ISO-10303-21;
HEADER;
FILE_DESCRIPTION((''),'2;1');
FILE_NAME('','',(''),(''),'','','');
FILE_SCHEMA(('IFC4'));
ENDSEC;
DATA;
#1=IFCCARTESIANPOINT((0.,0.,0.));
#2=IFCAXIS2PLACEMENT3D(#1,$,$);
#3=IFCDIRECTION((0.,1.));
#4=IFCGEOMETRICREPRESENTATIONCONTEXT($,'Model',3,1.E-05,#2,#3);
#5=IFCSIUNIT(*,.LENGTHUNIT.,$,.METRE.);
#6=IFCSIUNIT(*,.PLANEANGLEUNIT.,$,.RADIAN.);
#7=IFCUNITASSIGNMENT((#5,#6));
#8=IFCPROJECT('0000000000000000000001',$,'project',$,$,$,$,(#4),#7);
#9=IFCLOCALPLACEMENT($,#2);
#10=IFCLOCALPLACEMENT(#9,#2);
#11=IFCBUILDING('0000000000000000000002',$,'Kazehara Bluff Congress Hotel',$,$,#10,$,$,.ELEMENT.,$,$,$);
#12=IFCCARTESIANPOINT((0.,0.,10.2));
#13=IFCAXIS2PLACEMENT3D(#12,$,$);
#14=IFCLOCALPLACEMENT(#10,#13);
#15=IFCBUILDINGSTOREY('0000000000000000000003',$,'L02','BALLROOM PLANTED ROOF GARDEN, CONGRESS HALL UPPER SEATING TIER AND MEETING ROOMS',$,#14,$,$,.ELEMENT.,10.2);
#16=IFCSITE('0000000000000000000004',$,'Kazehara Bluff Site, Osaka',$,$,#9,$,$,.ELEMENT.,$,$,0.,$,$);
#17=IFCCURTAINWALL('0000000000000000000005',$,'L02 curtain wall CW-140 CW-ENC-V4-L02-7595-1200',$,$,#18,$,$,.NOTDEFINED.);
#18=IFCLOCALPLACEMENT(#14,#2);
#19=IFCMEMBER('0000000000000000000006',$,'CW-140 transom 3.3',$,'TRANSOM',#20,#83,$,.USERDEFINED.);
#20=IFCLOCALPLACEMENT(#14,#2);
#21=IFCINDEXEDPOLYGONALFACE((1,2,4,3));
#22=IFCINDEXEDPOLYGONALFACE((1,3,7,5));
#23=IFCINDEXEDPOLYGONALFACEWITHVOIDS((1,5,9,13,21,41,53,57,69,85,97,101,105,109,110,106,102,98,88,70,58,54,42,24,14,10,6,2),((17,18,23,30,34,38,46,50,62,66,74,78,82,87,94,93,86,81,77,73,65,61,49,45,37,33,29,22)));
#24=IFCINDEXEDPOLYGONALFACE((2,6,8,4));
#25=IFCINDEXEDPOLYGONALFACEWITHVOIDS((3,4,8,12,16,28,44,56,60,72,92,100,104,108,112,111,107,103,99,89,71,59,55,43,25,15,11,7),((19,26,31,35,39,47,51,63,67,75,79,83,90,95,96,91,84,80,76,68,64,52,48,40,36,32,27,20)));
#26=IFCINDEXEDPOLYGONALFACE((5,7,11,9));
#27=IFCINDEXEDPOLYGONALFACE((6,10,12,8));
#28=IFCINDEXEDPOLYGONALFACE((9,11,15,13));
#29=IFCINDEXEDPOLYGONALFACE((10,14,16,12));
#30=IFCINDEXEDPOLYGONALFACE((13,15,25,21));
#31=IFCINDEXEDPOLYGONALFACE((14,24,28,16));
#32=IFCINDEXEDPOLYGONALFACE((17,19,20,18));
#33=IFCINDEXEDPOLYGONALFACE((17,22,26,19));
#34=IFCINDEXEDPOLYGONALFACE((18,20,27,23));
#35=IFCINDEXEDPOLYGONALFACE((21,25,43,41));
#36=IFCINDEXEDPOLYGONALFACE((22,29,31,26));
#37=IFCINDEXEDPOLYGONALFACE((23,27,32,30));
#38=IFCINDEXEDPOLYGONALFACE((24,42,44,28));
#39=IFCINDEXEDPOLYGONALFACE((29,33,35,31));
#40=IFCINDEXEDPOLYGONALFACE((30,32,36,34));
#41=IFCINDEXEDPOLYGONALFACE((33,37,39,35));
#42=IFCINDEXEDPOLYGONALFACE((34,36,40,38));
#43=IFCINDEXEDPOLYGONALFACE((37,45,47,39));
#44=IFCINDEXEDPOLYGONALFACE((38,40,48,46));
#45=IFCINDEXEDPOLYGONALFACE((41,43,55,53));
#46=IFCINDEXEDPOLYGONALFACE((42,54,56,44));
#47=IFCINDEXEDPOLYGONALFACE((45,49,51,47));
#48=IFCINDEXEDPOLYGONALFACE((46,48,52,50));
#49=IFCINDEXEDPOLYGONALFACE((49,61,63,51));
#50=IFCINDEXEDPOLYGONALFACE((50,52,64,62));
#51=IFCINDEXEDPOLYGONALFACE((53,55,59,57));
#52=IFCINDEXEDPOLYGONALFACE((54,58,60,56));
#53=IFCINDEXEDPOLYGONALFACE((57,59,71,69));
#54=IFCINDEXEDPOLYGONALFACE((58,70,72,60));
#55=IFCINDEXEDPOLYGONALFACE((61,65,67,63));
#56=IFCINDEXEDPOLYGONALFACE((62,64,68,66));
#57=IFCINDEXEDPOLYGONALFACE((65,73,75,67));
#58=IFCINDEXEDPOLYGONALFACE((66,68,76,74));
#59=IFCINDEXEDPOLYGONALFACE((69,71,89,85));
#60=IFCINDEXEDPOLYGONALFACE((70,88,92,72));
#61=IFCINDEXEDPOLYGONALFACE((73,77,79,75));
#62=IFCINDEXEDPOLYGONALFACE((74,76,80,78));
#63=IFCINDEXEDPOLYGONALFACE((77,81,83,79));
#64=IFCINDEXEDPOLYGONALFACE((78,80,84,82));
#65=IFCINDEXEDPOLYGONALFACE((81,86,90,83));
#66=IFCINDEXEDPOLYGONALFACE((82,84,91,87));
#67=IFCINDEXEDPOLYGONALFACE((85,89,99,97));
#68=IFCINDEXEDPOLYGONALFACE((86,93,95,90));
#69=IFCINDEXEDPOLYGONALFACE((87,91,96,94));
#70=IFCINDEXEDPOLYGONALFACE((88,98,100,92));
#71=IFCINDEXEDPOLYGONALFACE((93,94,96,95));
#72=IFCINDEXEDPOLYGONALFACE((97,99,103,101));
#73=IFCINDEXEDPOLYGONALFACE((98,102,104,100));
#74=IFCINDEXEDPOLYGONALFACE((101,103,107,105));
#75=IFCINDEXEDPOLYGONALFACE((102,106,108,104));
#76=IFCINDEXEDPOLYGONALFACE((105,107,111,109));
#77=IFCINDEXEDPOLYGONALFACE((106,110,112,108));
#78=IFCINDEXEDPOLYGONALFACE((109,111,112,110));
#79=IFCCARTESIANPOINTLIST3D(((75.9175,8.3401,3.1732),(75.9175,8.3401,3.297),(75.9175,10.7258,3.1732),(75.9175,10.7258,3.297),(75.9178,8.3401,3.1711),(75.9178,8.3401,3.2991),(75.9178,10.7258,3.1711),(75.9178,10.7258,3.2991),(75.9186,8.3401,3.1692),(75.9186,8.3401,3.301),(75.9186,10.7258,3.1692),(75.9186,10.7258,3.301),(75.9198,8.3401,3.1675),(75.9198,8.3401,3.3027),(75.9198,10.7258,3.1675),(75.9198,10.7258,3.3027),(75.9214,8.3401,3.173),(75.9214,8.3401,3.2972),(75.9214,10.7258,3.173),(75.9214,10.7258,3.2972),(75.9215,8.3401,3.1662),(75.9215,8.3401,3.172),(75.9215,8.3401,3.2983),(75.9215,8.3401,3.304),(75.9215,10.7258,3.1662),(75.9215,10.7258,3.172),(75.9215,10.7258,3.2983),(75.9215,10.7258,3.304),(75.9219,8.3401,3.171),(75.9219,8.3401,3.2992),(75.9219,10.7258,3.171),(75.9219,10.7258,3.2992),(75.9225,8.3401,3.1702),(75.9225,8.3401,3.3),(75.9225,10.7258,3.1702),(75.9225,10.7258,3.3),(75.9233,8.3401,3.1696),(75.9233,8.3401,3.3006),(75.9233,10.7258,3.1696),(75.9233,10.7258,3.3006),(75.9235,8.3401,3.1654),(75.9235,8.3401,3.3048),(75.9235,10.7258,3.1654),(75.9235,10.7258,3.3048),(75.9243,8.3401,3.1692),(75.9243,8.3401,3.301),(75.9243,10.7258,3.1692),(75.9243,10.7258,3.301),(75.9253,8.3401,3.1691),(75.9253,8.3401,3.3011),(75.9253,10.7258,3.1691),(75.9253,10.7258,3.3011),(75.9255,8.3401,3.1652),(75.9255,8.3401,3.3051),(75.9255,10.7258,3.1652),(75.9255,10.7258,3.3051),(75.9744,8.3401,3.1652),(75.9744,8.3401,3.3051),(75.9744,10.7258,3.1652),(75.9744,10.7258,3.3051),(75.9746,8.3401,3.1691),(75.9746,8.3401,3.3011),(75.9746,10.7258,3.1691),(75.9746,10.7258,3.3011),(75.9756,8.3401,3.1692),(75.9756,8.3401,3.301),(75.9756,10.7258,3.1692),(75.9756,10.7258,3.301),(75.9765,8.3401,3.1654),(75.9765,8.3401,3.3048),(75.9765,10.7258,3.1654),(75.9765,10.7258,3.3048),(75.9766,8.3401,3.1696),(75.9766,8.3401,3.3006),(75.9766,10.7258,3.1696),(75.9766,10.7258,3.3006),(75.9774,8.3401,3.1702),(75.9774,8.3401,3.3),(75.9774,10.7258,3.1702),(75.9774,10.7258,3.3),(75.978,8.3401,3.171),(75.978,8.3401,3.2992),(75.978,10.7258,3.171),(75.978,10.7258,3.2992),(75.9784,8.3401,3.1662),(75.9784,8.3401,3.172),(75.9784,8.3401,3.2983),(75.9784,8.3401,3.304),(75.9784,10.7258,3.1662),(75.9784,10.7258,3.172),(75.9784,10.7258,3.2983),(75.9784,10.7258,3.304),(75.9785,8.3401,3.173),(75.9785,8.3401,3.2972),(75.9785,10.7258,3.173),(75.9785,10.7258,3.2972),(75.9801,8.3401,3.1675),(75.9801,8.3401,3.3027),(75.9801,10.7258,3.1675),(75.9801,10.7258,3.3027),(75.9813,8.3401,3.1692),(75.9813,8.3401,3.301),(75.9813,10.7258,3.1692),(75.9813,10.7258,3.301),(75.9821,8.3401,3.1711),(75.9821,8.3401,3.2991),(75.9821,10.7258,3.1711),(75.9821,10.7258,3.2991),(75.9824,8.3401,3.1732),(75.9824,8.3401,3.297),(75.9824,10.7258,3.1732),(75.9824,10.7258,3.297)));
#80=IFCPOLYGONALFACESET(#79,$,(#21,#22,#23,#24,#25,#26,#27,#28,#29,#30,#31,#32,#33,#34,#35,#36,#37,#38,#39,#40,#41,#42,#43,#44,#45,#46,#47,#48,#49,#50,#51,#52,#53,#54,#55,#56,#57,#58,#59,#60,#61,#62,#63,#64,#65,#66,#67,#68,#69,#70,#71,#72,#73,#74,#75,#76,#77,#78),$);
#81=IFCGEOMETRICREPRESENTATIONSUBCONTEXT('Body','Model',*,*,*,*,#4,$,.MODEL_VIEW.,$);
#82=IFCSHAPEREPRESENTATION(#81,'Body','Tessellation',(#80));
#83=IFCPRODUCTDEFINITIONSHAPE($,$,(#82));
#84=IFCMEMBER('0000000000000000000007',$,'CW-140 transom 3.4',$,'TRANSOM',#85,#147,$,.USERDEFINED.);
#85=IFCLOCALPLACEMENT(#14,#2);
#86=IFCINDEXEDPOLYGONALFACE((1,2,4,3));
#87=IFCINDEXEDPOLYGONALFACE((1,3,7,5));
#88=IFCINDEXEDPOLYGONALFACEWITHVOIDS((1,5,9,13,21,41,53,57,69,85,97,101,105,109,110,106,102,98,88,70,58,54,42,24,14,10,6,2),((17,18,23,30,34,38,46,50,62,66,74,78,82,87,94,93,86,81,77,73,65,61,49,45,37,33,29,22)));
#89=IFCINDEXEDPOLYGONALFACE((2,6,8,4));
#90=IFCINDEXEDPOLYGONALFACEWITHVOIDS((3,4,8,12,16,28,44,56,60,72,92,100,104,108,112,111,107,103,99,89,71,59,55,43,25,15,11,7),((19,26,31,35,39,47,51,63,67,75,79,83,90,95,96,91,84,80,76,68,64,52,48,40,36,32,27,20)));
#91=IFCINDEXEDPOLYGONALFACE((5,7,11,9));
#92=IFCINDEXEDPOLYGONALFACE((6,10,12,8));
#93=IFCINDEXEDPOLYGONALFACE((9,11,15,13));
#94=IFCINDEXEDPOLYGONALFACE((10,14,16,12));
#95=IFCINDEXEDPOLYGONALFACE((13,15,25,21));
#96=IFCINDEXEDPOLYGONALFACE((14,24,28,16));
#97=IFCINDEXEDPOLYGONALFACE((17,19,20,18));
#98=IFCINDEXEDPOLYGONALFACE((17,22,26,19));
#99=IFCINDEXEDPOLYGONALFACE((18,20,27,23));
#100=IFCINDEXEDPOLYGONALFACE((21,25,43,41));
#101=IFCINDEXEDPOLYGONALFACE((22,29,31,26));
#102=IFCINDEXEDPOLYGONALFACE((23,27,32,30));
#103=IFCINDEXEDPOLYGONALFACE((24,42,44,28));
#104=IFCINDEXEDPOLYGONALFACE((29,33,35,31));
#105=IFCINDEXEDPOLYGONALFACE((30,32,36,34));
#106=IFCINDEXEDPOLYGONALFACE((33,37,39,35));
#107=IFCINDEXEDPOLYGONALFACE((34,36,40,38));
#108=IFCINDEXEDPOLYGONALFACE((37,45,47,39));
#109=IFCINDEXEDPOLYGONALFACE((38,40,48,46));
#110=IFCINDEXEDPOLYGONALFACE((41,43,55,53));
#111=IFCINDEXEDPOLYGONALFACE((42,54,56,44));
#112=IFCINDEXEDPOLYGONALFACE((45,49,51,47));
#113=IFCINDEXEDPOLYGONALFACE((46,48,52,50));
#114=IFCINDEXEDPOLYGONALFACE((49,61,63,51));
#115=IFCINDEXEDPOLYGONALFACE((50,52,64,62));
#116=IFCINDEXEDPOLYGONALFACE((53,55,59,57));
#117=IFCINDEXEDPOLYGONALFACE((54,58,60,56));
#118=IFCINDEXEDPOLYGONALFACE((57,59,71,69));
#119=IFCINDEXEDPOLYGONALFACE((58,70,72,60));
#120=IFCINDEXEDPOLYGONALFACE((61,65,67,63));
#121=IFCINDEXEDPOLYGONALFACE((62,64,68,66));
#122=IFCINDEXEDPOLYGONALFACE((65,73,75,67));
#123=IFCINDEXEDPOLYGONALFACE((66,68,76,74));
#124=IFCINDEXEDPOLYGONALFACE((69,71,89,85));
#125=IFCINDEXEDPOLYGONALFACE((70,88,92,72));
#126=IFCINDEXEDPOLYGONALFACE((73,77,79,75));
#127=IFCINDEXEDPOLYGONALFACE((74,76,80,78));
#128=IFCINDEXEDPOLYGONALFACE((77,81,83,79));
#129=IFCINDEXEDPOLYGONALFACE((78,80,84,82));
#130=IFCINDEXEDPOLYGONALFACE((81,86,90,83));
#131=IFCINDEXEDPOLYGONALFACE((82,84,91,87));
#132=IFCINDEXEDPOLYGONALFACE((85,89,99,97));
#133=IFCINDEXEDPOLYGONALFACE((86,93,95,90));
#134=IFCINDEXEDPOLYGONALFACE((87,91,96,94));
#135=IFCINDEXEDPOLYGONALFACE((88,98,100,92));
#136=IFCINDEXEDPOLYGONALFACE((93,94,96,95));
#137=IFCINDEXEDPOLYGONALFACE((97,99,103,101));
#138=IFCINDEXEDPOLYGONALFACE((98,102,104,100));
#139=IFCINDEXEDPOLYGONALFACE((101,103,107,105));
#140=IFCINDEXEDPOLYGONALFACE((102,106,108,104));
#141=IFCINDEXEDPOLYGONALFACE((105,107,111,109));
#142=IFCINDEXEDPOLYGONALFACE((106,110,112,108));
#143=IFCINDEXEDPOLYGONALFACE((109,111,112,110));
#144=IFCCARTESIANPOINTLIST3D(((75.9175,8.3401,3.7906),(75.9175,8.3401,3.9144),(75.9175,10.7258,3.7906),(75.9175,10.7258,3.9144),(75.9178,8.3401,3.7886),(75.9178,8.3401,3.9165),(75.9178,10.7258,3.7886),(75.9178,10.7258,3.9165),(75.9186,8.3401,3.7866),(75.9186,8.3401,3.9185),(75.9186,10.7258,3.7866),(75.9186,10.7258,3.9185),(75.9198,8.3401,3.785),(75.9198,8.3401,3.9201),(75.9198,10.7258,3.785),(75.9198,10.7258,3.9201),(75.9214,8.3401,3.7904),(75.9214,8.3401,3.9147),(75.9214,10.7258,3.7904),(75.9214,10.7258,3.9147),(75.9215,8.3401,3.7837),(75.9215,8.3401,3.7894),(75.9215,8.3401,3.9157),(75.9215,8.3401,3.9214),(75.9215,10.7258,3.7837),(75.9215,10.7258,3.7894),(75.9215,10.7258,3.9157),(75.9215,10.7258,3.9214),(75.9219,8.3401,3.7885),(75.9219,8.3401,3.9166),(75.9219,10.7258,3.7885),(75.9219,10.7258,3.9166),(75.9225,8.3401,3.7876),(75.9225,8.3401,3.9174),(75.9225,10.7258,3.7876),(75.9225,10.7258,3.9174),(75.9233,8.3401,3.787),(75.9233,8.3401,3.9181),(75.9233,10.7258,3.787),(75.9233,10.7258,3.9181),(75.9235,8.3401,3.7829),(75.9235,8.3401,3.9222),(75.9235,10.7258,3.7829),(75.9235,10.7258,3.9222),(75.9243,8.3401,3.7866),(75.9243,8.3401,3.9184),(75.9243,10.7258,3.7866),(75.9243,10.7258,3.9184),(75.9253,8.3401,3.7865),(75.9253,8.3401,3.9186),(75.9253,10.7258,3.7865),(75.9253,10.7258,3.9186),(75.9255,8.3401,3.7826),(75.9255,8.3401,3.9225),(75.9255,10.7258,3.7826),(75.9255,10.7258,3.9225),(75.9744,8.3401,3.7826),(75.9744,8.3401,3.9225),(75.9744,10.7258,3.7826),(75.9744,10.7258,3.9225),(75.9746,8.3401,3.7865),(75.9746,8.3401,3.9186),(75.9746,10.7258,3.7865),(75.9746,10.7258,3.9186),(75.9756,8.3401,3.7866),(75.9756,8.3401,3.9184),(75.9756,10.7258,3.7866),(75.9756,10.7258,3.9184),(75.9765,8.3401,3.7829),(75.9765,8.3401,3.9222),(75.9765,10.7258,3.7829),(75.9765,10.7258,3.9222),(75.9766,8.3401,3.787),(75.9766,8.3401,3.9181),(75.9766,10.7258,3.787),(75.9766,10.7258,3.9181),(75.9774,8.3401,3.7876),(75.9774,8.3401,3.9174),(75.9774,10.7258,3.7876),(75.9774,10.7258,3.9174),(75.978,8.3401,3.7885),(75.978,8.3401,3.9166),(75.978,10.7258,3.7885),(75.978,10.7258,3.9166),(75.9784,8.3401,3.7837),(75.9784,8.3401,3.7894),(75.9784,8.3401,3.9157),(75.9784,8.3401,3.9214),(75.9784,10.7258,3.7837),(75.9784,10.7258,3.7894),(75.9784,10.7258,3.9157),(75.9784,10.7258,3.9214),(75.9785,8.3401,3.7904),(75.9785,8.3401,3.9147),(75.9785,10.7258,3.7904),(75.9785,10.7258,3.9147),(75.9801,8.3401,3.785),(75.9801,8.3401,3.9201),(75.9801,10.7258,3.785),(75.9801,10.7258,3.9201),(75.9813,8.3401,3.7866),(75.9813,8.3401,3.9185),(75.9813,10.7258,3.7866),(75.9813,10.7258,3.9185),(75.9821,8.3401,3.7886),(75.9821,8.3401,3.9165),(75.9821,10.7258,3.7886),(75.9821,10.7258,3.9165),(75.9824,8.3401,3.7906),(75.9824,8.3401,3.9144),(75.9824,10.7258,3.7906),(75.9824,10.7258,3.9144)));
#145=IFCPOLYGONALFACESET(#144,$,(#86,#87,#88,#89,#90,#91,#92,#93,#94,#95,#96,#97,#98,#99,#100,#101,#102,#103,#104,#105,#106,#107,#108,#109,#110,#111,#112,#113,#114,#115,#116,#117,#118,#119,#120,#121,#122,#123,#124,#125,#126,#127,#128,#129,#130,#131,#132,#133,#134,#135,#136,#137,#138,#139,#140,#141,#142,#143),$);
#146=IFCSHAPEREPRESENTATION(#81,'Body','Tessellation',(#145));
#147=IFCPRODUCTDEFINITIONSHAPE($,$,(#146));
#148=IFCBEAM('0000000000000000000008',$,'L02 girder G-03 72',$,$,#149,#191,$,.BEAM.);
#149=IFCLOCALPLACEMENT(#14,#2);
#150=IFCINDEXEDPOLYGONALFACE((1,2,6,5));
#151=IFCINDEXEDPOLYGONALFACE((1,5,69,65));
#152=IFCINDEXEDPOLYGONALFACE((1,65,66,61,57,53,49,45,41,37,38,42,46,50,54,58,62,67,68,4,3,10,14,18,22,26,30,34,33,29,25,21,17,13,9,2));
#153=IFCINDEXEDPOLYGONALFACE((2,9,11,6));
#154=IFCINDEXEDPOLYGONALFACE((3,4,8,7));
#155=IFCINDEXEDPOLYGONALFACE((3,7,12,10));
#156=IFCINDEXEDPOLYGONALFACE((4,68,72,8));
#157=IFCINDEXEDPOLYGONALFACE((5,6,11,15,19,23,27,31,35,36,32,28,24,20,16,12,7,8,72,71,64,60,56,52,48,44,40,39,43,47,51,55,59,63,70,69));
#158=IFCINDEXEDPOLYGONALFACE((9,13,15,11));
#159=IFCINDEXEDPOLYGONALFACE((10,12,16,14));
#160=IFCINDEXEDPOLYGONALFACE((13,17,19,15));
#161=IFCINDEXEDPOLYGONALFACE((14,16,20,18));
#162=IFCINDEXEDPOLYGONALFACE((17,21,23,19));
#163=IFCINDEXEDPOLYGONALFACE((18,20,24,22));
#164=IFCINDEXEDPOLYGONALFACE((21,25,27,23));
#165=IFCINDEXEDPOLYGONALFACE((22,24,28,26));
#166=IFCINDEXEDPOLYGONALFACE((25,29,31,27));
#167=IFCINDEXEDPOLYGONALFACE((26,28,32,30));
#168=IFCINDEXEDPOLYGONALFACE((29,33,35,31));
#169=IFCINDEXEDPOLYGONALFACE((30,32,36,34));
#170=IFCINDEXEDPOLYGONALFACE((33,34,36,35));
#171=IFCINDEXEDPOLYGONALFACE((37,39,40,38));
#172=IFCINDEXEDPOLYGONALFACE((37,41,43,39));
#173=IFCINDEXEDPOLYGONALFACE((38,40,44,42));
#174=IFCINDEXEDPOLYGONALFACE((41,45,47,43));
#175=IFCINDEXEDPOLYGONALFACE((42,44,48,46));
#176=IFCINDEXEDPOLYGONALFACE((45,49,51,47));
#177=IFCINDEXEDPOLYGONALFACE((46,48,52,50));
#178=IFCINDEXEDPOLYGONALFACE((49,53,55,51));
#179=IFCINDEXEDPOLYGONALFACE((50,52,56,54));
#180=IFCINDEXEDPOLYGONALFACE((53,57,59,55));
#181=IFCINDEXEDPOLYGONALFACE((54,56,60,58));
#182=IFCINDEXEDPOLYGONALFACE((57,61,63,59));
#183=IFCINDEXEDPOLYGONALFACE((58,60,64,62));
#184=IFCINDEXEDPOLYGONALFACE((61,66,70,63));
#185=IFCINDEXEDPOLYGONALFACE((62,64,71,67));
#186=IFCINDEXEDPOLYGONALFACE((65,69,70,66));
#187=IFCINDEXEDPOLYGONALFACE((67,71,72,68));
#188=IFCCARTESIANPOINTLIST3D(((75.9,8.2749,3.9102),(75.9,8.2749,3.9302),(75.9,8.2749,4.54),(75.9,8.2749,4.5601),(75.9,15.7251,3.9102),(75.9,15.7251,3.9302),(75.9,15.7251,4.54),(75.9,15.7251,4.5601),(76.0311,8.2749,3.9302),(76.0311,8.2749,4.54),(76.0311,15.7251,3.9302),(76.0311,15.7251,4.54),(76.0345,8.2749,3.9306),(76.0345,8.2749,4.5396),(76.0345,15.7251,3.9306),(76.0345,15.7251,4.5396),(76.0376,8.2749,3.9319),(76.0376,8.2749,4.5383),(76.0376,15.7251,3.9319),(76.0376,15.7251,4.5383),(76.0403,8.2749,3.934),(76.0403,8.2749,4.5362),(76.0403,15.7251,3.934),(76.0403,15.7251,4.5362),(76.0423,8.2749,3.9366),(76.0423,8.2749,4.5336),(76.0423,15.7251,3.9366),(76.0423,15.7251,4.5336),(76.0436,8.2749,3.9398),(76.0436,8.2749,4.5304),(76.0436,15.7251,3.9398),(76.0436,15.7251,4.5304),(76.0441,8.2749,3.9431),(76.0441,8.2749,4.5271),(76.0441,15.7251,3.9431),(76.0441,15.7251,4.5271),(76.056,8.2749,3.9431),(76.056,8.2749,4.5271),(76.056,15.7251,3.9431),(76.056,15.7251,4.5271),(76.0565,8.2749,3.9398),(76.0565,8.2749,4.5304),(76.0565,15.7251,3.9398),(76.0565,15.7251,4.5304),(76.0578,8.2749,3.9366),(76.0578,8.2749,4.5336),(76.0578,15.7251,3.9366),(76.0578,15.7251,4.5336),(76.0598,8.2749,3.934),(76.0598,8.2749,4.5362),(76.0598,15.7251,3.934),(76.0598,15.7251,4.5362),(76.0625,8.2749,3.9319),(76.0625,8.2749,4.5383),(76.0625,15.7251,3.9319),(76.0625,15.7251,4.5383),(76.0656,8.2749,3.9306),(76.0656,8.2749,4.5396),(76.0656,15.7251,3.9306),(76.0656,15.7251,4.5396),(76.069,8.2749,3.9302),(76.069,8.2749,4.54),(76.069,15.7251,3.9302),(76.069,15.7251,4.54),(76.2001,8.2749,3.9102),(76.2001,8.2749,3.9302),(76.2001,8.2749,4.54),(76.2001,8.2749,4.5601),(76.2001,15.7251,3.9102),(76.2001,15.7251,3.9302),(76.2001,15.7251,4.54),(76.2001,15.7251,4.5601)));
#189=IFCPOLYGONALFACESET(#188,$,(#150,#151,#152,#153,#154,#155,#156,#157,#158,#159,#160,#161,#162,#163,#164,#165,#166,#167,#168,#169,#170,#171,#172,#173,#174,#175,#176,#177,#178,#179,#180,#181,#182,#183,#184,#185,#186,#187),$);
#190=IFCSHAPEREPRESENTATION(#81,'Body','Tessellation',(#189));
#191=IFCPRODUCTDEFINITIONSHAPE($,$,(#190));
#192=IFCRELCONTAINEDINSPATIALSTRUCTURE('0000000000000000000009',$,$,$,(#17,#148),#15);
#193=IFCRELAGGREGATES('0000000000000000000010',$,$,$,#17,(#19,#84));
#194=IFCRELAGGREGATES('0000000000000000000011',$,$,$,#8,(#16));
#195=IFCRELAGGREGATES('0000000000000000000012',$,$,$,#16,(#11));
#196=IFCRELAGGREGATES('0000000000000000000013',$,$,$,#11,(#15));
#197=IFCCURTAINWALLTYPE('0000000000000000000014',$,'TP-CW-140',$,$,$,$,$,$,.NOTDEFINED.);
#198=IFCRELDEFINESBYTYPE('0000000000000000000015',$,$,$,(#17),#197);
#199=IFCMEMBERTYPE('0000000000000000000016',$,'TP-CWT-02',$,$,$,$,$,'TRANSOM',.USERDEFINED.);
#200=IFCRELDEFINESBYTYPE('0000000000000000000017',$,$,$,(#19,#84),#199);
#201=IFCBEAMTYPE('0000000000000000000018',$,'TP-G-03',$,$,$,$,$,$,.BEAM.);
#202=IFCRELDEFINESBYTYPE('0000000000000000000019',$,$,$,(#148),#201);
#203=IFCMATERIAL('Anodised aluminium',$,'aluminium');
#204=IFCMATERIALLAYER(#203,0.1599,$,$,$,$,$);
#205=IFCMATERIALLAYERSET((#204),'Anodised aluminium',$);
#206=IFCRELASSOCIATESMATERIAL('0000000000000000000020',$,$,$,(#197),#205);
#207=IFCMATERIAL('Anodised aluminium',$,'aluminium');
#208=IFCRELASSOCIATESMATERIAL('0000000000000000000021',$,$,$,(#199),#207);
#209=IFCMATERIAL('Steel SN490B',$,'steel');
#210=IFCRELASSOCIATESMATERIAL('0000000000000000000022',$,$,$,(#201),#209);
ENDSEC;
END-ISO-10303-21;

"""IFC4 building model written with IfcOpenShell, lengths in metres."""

from ifc_helpers import new_model, si_unit, direction, frame, origin, origin_2d, place, context, subcontext, project, spatial, hollow_rectangle, i_section, extrude, material, layer, layer_set, material_profile, profile_set, type_object, element, aggregate, save


model = new_model("IFC4")

# Units and contexts
model_context = context("Model", 3, precision=1e-05, world=origin(), true_north=direction((0.0, 1.0)))
body_context = subcontext(model_context, "Body", "Model", "MODEL_VIEW")
ifc_project = project(units=[si_unit("LENGTHUNIT", "METRE"), si_unit("PLANEANGLEUNIT", "RADIAN")], contexts=[model_context])

# Site, building, storey
site_placement = place(None, origin())
site = spatial("IfcSite", under=ifc_project, at=site_placement, Name="Kazehara Bluff Site, Osaka", CompositionType="ELEMENT", RefElevation=0.0)
building_placement = place(site_placement, origin())
building = spatial("IfcBuilding", under=site, at=building_placement, Name="Kazehara Bluff Congress Hotel", CompositionType="ELEMENT")
storey_placement = place(building_placement, frame((0.0, 0.0, 10.2)))
storey = spatial("IfcBuildingStorey", under=building, at=storey_placement, Name="L02", Description="BALLROOM PLANTED ROOF GARDEN, CONGRESS HALL UPPER SEATING TIER AND MEETING ROOMS", CompositionType="ELEMENT", Elevation=10.2)

# Curtain wall
ifc_material_1 = material(Name="Anodised aluminium", Category="aluminium")
ifc_layer_1 = layer(ifc_material_1, 0.1599)
ifc_layer_set_1 = layer_set([ifc_layer_1], Name="Anodised aluminium")
curtain_wall_type_1 = type_object("IfcCurtainWallType", Name="TP-CW-140", PredefinedType="NOTDEFINED", material=ifc_layer_set_1)
curtain_wall_1_placement = place(storey_placement, origin())
curtain_wall_1 = element("IfcCurtainWall", 1, at=curtain_wall_1_placement, inside=storey, type_object=curtain_wall_type_1, Name="L02 curtain wall CW-140 CW-ENC-V4-L02-7595-1200", PredefinedType="NOTDEFINED")

# Members
ifc_material_2 = material(Name="Anodised aluminium", Category="aluminium")
ifc_material_profile_1 = material_profile(ifc_material_2, hollow_rectangle(XDim=0.0649, YDim=0.1399, WallThickness=0.0039, InnerFilletRadius=0.0039, OuterFilletRadius=0.0081, at=origin_2d()))
ifc_profile_set_1 = profile_set([ifc_material_profile_1], Name="Anodised aluminium")
member_type_1 = type_object("IfcMemberType", Name="TP-CWT-02", ElementType="TRANSOM", PredefinedType="USERDEFINED", material=ifc_profile_set_1)
member_1_placement = place(storey_placement, frame((75.95, 10.7258, 3.2351), z_axis=(0.0, -1.0, 0.0), x_axis=(1.0, 0.0, 0.0)))
member_1 = element("IfcMember", 2, at=member_1_placement, type_object=member_type_1, Name="CW-140 transom 3.3", ObjectType="TRANSOM", PredefinedType="USERDEFINED", context=body_context, shape_type="SweptSolid", body=[
    extrude(hollow_rectangle(XDim=0.0649, YDim=0.1399, WallThickness=0.0039, InnerFilletRadius=0.0039, OuterFilletRadius=0.0081, at=origin_2d()), origin(), (0.0, 0.0, 1.0), 2.3857),
])
member_2_placement = place(storey_placement, frame((75.95, 10.7258, 3.8525), z_axis=(0.0, -1.0, 0.0), x_axis=(1.0, 0.0, 0.0)))
member_2 = element("IfcMember", 3, at=member_2_placement, type_object=member_type_1, Name="CW-140 transom 3.4", ObjectType="TRANSOM", PredefinedType="USERDEFINED", context=body_context, shape_type="SweptSolid", body=[
    extrude(hollow_rectangle(XDim=0.0649, YDim=0.1399, WallThickness=0.0039, InnerFilletRadius=0.0039, OuterFilletRadius=0.0081, at=origin_2d()), origin(), (0.0, 0.0, 1.0), 2.3857),
])

# Beam
ifc_material_3 = material(Name="Steel SN490B", Category="steel")
ifc_material_profile_2 = material_profile(ifc_material_3, i_section(OverallWidth=0.3, OverallDepth=0.6499, WebThickness=0.012, FlangeThickness=0.02, FilletRadius=0.0129, at=origin_2d()))
ifc_profile_set_2 = profile_set([ifc_material_profile_2], Name="Steel SN490B")
beam_type = type_object("IfcBeamType", Name="TP-G-03", PredefinedType="BEAM", material=ifc_profile_set_2)
beam_placement = place(storey_placement, frame((76.05, 8.2749, 4.2351), z_axis=(0.0, 1.0, 0.0), x_axis=(-1.0, 0.0, 0.0)))
element("IfcBeam", 4, at=beam_placement, inside=storey, type_object=beam_type, Name="L02 girder G-03 72", PredefinedType="BEAM", context=body_context, shape_type="SweptSolid", body=[
    extrude(i_section(OverallWidth=0.3, OverallDepth=0.6499, WebThickness=0.012, FlangeThickness=0.02, FilletRadius=0.0129, at=origin_2d()), origin(), (0.0, 0.0, 1.0), 7.4502),
])

aggregate(curtain_wall_1, [member_1, member_2])

save(model, "model.ifc")
